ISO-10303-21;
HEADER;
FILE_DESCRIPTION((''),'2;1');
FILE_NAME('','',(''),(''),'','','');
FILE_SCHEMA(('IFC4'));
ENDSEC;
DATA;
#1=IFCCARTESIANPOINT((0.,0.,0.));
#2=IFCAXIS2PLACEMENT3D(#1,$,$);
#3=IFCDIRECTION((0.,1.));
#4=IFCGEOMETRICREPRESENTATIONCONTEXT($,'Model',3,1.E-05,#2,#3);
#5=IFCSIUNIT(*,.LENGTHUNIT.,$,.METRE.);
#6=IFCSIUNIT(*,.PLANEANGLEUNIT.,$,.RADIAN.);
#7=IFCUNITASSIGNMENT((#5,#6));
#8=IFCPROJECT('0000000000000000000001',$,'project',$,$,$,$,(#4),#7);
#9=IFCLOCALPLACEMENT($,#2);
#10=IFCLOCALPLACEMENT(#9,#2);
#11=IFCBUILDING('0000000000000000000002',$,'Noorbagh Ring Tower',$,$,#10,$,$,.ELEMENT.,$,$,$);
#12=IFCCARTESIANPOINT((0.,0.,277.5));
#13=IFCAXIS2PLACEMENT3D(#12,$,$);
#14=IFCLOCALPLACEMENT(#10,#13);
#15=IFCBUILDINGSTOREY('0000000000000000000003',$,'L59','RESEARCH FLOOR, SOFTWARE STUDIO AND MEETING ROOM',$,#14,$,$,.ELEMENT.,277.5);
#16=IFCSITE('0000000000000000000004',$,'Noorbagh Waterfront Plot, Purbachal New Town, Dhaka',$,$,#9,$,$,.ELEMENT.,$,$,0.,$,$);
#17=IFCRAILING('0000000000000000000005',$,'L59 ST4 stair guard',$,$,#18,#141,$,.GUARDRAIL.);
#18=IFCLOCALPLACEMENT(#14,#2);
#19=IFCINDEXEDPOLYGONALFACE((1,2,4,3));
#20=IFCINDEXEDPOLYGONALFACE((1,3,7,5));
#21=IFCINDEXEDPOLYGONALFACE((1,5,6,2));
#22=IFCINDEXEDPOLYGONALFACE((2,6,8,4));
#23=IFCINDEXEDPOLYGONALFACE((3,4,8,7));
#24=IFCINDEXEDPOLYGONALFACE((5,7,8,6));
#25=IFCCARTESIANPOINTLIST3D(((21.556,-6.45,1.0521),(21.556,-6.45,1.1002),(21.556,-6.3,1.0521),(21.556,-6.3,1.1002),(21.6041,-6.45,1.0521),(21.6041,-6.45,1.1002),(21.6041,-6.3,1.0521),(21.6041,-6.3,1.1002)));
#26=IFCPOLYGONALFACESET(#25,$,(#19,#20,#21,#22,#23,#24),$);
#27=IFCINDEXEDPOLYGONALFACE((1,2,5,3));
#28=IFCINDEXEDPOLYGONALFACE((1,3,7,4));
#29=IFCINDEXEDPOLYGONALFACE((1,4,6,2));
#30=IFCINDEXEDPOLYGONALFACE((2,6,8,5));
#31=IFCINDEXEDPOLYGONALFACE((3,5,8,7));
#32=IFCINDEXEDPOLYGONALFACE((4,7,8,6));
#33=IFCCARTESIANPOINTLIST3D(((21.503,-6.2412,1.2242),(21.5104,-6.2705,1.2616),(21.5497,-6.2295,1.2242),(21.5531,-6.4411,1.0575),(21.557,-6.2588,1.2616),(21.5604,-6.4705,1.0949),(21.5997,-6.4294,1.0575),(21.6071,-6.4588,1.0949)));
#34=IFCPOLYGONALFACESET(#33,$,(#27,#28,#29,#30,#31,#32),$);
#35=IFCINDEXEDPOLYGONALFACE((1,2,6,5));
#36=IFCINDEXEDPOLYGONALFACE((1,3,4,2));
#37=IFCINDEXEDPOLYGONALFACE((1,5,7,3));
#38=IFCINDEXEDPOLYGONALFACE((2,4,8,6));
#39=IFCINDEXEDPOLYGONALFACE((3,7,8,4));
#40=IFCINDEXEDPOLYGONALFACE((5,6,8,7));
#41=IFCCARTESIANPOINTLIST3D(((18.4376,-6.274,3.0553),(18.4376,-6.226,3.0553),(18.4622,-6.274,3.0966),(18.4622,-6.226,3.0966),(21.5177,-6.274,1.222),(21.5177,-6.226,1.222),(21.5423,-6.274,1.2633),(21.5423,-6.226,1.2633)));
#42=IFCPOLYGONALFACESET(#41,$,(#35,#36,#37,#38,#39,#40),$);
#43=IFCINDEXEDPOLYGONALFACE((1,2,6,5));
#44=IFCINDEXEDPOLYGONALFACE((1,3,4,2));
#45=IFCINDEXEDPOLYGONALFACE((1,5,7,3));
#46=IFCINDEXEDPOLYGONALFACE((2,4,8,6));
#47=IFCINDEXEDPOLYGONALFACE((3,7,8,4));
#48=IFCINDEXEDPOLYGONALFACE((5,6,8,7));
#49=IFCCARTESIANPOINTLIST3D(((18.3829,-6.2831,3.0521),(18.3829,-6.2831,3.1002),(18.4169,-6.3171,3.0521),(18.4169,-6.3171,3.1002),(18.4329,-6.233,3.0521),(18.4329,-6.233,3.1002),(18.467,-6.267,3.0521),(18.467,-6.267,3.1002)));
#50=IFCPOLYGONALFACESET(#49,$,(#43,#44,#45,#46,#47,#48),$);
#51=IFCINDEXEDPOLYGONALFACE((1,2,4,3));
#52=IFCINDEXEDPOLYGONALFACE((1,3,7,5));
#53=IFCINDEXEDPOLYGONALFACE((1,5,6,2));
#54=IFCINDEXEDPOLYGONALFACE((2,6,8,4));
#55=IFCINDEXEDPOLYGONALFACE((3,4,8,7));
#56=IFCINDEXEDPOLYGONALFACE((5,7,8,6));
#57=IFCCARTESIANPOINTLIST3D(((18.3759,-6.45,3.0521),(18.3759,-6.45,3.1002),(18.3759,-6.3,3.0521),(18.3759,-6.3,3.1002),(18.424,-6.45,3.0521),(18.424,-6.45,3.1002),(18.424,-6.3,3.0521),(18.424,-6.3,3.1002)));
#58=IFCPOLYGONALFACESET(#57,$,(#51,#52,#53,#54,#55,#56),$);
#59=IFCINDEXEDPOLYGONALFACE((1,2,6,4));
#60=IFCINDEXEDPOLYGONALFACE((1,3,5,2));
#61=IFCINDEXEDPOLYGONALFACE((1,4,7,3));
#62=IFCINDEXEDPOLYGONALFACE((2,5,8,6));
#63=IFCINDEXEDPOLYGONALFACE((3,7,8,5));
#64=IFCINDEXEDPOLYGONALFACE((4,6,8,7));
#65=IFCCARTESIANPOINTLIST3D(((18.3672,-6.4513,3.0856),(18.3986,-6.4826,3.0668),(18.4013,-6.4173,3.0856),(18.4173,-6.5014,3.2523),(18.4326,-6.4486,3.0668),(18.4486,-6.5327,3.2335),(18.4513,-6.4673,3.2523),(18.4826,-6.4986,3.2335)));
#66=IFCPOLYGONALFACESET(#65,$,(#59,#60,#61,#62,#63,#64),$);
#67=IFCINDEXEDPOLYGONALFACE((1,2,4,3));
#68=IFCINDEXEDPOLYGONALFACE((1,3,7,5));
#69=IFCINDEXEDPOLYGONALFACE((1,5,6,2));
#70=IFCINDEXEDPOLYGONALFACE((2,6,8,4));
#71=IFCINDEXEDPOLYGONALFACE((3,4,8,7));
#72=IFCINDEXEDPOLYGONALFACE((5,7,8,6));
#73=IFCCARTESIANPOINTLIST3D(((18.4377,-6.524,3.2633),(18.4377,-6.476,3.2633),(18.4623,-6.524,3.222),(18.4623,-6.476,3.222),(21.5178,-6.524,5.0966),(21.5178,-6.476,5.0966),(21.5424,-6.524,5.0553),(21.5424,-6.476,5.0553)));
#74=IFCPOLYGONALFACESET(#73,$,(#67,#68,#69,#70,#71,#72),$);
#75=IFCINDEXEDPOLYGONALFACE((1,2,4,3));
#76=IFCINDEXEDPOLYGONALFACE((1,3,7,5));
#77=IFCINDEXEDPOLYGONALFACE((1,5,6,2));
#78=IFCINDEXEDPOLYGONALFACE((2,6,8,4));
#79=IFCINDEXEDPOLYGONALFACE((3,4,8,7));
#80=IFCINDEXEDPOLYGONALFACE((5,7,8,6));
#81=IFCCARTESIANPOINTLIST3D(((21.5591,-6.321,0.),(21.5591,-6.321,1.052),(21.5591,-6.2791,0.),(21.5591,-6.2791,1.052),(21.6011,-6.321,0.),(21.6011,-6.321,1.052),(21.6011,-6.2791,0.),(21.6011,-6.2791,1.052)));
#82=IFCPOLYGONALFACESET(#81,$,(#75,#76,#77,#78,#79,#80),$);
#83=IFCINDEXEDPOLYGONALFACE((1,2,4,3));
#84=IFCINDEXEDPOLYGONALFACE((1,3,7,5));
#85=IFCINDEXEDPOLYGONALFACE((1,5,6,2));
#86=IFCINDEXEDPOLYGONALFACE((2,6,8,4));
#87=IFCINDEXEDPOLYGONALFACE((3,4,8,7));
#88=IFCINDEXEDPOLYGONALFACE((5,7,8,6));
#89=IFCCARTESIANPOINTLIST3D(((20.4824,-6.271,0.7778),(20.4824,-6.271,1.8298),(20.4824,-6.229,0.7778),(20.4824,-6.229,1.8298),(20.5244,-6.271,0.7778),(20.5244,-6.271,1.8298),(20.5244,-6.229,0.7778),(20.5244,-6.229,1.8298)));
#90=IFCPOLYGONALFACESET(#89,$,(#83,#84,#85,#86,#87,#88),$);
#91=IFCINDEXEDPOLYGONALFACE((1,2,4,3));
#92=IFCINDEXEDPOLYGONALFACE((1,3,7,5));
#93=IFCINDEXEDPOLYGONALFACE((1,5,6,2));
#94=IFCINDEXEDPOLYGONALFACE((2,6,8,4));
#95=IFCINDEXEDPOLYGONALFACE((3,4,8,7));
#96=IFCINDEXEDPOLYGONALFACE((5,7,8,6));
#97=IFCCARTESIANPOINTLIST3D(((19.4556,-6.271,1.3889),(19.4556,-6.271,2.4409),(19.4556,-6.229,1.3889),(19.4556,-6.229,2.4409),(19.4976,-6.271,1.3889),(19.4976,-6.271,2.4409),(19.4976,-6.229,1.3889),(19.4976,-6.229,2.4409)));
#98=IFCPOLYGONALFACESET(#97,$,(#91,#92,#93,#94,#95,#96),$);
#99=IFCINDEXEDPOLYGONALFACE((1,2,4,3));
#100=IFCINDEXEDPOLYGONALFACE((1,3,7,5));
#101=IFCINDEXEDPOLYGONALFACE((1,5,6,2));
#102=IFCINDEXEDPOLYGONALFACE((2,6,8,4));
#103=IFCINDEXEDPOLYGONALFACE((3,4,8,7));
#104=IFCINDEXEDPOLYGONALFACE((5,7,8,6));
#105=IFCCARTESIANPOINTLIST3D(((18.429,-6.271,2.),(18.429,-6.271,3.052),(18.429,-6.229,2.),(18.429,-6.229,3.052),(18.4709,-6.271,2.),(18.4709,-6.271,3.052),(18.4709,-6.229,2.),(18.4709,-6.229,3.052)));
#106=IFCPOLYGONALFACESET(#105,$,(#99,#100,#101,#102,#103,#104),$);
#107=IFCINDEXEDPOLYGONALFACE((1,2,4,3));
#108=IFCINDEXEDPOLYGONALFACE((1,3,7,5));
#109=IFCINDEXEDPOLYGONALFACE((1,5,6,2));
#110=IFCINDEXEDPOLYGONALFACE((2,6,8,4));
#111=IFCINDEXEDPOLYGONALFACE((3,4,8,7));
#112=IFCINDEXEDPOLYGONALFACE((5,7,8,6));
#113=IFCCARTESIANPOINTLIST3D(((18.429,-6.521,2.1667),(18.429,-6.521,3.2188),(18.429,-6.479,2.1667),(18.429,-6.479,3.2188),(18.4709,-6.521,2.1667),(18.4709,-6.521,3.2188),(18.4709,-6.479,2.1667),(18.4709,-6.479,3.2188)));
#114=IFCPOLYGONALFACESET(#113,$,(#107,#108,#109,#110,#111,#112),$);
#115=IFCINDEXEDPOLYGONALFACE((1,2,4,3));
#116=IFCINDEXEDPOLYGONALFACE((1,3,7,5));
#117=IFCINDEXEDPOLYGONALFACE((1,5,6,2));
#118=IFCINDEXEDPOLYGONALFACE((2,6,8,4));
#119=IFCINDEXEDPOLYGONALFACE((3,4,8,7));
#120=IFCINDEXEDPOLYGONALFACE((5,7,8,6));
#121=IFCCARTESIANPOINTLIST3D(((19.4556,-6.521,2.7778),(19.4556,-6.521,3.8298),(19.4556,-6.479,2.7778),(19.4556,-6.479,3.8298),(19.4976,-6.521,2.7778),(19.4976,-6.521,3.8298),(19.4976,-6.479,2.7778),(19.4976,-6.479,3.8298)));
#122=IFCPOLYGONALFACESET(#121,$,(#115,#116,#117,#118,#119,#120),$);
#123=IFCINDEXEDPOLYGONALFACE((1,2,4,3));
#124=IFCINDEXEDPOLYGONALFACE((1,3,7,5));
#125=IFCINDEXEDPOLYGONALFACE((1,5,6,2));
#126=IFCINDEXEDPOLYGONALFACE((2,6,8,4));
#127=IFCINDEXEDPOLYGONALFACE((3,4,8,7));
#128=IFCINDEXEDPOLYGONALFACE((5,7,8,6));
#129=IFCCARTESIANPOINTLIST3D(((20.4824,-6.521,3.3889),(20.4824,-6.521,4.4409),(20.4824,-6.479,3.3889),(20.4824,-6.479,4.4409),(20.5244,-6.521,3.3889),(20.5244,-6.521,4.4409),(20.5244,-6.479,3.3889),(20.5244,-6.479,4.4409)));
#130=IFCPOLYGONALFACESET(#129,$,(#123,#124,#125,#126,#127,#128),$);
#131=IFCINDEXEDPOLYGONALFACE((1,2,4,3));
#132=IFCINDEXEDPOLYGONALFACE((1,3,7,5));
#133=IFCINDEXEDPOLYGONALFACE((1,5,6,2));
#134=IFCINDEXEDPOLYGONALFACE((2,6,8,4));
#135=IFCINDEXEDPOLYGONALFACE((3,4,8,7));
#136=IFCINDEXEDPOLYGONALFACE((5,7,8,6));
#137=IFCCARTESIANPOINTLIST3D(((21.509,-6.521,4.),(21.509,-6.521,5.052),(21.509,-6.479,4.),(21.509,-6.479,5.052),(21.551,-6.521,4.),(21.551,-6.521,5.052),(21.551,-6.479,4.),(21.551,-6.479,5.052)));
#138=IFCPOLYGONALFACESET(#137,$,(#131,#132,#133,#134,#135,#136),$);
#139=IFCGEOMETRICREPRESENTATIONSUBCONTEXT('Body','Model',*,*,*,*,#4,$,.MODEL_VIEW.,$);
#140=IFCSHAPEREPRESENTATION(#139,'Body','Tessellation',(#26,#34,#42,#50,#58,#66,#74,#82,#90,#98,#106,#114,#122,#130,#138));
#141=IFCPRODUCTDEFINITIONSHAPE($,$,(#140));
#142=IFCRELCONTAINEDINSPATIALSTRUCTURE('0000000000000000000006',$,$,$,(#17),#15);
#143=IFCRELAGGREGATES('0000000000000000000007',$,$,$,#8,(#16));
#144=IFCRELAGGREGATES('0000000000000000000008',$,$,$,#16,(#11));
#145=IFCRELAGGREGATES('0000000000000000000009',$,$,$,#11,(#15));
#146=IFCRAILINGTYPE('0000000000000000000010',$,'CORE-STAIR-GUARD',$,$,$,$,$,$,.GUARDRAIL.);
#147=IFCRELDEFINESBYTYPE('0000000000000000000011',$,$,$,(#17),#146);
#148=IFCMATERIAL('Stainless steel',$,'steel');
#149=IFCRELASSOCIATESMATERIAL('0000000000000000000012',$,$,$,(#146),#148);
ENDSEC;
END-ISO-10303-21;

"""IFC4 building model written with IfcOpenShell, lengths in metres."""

from ifc_helpers import new_model, si_unit, direction, frame, origin, origin_2d, place, context, subcontext, project, spatial, rectangle, extrude, material, type_object, element, save


model = new_model("IFC4")

# Units and contexts
model_context = context("Model", 3, precision=1e-05, world=origin(), true_north=direction((0.0, 1.0)))
body_context = subcontext(model_context, "Body", "Model", "MODEL_VIEW")
ifc_project = project(units=[si_unit("LENGTHUNIT", "METRE"), si_unit("PLANEANGLEUNIT", "RADIAN")], contexts=[model_context])

# Site, building, storey
site_placement = place(None, origin())
site = spatial("IfcSite", under=ifc_project, at=site_placement, Name="Noorbagh Waterfront Plot, Purbachal New Town, Dhaka", CompositionType="ELEMENT", RefElevation=0.0)
building_placement = place(site_placement, origin())
building = spatial("IfcBuilding", under=site, at=building_placement, Name="Noorbagh Ring Tower", CompositionType="ELEMENT")
storey_placement = place(building_placement, frame((0.0, 0.0, 277.5)))
storey = spatial("IfcBuildingStorey", under=building, at=storey_placement, Name="L59", Description="RESEARCH FLOOR, SOFTWARE STUDIO AND MEETING ROOM", CompositionType="ELEMENT", Elevation=277.5)

# Railing
ifc_material_1 = material(Name="Stainless steel", Category="steel")
railing_type_1 = type_object("IfcRailingType", Name="CORE-STAIR-GUARD", PredefinedType="GUARDRAIL", material=ifc_material_1)
railing_1_placement = place(storey_placement, frame((21.5801, -6.3, 0.0)))
element("IfcRailing", 1, at=railing_1_placement, inside=storey, type_object=railing_type_1, Name="L59 ST4 stair guard", PredefinedType="GUARDRAIL", context=body_context, shape_type="SweptSolid", body=[
    extrude(rectangle(XDim=0.0481, YDim=0.0481, at=origin_2d()), frame((0.0, 0.0, 1.0762), z_axis=(0.0, -1.0, 0.0), x_axis=(1.0, 0.0, 0.0)), (0.0, 0.0, 1.0), 0.1499),
    extrude(rectangle(XDim=0.0481, YDim=0.0481, at=origin_2d()), frame((0.0, -0.1499, 1.0762), z_axis=(-0.188776, 0.754182, 0.628946), x_axis=(-0.970073, -0.242814, 0.0)), (0.0, 0.0, 1.0), 0.2651),
    extrude(rectangle(XDim=0.0481, YDim=0.0481, at=origin_2d()), frame((-0.05, 0.05, 1.2427), z_axis=(-0.859309, 0.0, 0.511458), x_axis=(0.0, -1.0, 0.0)), (0.0, 0.0, 1.0), 3.5845),
    extrude(rectangle(XDim=0.0481, YDim=0.0481, at=origin_2d()), frame((-3.1301, 0.05, 3.0762), z_axis=(-0.707107, -0.707107, 0.0), x_axis=(0.707107, -0.707107, 0.0)), (0.0, 0.0, 1.0), 0.0708),
    extrude(rectangle(XDim=0.0481, YDim=0.0481, at=origin_2d()), frame((-3.1802, 0.0, 3.0762), z_axis=(0.0, -1.0, 0.0), x_axis=(1.0, 0.0, 0.0)), (0.0, 0.0, 1.0), 0.1499),
    extrude(rectangle(XDim=0.0481, YDim=0.0481, at=origin_2d()), frame((-3.1802, -0.1499, 3.0762), z_axis=(0.276287, -0.276287, 0.920506), x_axis=(0.707107, 0.707107, 0.0)), (0.0, 0.0, 1.0), 0.1812),
    extrude(rectangle(XDim=0.0481, YDim=0.0481, at=origin_2d()), frame((-3.1301, -0.2, 3.2427), z_axis=(0.859309, 0.0, 0.511458), x_axis=(0.0, 1.0, 0.0)), (0.0, 0.0, 1.0), 3.5845),
    extrude(rectangle(XDim=0.042, YDim=0.042, at=origin_2d()), origin(), (0.0, 0.0, 1.0), 1.052),
    extrude(rectangle(XDim=0.042, YDim=0.042, at=origin_2d()), frame((-1.0767, 0.05, 0.7778)), (0.0, 0.0, 1.0), 1.052),
    extrude(rectangle(XDim=0.042, YDim=0.042, at=origin_2d()), frame((-2.1035, 0.05, 1.3889)), (0.0, 0.0, 1.0), 1.052),
    extrude(rectangle(XDim=0.042, YDim=0.042, at=origin_2d()), frame((-3.1301, 0.05, 2.0)), (0.0, 0.0, 1.0), 1.052),
    extrude(rectangle(XDim=0.042, YDim=0.042, at=origin_2d()), frame((-3.1301, -0.2, 2.1667)), (0.0, 0.0, 1.0), 1.052),
    extrude(rectangle(XDim=0.042, YDim=0.042, at=origin_2d()), frame((-2.1035, -0.2, 2.7778)), (0.0, 0.0, 1.0), 1.052),
    extrude(rectangle(XDim=0.042, YDim=0.042, at=origin_2d()), frame((-1.0767, -0.2, 3.3889)), (0.0, 0.0, 1.0), 1.052),
    extrude(rectangle(XDim=0.042, YDim=0.042, at=origin_2d()), frame((-0.05, -0.2, 4.0)), (0.0, 0.0, 1.0), 1.052),
])

save(model, "model.ifc")
